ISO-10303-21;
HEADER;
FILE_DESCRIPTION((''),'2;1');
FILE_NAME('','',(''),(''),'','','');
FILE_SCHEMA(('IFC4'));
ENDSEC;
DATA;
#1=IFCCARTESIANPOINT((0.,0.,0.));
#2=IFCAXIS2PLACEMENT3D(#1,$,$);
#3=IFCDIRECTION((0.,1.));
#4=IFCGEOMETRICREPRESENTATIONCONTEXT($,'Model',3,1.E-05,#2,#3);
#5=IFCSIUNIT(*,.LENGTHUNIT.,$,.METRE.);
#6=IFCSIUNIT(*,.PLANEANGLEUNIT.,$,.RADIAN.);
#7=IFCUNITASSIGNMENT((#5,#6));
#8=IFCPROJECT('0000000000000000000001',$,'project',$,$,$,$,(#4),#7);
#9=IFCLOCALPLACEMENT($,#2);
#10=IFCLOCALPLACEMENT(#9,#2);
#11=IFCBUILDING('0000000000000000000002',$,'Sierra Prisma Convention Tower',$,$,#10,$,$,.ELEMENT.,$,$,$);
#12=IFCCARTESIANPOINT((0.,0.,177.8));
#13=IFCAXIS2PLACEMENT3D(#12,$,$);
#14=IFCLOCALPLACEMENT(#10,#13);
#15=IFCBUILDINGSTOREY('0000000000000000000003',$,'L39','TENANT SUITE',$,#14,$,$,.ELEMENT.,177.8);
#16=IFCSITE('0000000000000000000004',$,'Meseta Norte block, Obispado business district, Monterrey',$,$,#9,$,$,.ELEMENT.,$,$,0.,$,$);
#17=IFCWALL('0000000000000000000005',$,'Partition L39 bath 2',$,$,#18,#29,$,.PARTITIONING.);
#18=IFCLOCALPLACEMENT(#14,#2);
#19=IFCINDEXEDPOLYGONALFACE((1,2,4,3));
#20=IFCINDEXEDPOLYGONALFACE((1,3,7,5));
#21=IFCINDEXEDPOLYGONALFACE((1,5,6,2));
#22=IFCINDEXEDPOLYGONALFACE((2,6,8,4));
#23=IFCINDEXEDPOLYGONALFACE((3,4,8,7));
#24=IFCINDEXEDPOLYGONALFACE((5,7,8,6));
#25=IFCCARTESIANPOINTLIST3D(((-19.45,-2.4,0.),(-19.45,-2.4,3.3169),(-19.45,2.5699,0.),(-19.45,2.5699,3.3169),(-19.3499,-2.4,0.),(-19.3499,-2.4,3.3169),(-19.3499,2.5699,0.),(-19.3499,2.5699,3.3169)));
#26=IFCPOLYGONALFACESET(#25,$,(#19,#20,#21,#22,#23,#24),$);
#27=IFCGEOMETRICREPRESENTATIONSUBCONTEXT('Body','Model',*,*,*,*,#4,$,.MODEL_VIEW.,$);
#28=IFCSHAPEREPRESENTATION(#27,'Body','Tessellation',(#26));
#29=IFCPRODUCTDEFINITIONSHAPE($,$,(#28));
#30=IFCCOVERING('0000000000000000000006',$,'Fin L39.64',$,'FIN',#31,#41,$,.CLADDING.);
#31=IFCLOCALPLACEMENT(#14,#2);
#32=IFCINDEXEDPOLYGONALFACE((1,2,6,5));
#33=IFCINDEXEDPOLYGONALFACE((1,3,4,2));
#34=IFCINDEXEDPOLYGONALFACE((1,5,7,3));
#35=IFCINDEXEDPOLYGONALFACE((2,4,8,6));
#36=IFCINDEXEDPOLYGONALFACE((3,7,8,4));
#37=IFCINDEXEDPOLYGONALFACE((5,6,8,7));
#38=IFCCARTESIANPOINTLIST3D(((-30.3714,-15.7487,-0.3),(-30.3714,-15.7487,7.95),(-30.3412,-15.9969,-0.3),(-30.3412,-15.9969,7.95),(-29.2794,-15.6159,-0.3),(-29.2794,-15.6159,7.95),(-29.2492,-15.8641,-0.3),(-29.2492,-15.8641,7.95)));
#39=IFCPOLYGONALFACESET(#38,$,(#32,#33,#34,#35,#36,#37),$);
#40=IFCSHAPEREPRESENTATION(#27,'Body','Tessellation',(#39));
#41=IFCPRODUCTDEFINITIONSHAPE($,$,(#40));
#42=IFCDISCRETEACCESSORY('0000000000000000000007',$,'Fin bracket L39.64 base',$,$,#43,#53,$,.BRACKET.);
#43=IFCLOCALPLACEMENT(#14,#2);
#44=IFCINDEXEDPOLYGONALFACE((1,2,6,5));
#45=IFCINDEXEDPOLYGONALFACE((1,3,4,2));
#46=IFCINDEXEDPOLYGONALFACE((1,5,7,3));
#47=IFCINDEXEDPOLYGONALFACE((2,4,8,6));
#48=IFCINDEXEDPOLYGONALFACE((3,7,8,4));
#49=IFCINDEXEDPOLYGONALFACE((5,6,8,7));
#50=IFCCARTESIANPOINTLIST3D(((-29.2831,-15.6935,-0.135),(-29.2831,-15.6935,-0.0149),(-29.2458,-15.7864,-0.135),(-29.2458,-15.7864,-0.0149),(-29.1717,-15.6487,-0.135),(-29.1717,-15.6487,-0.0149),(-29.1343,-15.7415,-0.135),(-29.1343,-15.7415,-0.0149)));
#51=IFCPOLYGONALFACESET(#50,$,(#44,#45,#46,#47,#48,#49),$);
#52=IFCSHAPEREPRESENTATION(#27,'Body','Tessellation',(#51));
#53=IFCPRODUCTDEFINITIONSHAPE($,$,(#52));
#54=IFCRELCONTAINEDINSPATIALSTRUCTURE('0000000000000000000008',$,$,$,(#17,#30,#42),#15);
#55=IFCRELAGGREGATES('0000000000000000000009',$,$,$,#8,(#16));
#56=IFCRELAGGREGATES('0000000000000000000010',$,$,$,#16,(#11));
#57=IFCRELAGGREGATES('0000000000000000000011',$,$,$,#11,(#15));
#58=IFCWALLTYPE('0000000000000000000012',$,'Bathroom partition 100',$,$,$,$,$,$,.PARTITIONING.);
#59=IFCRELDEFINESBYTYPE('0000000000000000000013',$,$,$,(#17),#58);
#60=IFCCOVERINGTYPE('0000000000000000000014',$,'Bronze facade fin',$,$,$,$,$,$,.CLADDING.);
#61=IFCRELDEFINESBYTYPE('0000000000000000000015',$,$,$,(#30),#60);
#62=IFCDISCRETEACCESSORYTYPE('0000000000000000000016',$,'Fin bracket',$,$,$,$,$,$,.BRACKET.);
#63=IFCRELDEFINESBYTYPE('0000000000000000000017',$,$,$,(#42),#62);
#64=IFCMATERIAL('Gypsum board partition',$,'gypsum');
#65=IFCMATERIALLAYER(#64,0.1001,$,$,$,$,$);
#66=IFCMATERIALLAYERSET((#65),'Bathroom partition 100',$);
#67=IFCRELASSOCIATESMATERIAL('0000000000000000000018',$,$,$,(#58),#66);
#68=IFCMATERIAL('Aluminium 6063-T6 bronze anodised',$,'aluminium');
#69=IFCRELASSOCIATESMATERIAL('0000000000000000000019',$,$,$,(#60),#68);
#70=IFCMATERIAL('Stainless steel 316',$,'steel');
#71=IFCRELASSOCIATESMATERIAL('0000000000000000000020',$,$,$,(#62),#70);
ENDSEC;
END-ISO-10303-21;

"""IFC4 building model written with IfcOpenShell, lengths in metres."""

from ifc_helpers import new_model, si_unit, direction, frame, frame_2d, origin, origin_2d, place, context, subcontext, project, spatial, rectangle, extrude, material, layer, layer_set, material_profile, profile_set, type_object, element, save


model = new_model("IFC4")

# Units and contexts
model_context = context("Model", 3, precision=1e-05, world=origin(), true_north=direction((0.0, 1.0)))
body_context = subcontext(model_context, "Body", "Model", "MODEL_VIEW")
ifc_project = project(units=[si_unit("LENGTHUNIT", "METRE"), si_unit("PLANEANGLEUNIT", "RADIAN")], contexts=[model_context])

# Site, building, storey
site_placement = place(None, origin())
site = spatial("IfcSite", under=ifc_project, at=site_placement, Name="Meseta Norte block, Obispado business district, Monterrey", CompositionType="ELEMENT", RefElevation=0.0)
building_placement = place(site_placement, origin())
building = spatial("IfcBuilding", under=site, at=building_placement, Name="Sierra Prisma Convention Tower", CompositionType="ELEMENT")
storey_placement = place(building_placement, frame((0.0, 0.0, 177.8)))
storey = spatial("IfcBuildingStorey", under=building, at=storey_placement, Name="L39", Description="TENANT SUITE", CompositionType="ELEMENT", Elevation=177.8)

# Wall
ifc_material_1 = material(Name="Gypsum board partition", Category="gypsum")
ifc_layer_1 = layer(ifc_material_1, 0.1001)
ifc_layer_set_1 = layer_set([ifc_layer_1], Name="Bathroom partition 100")
wall_type = type_object("IfcWallType", Name="Bathroom partition 100", PredefinedType="PARTITIONING", material=ifc_layer_set_1)
wall_placement = place(storey_placement, frame((-19.3999, -2.3999, 0.0), z_axis=(0.0, 0.0, 1.0), x_axis=(0.0, 1.0, 0.0)))
element("IfcWall", 1, at=wall_placement, inside=storey, type_object=wall_type, Name="Partition L39 bath 2", PredefinedType="PARTITIONING", context=body_context, shape_type="SweptSolid", body=[
    extrude(rectangle(XDim=4.97, YDim=0.1001, at=frame_2d((2.4849, 0.0))), origin(), (0.0, 0.0, 1.0), 3.3169),
])

# Covering
ifc_material_2 = material(Name="Aluminium 6063-T6 bronze anodised", Category="aluminium")
ifc_material_profile_1 = material_profile(ifc_material_2, rectangle(XDim=1.1001, YDim=0.25, at=origin_2d()), Name="ALU FIN 1100x250")
ifc_profile_set_1 = profile_set([ifc_material_profile_1], Name="Aluminium 6063-T6 bronze anodised")
covering_type = type_object("IfcCoveringType", Name="Bronze facade fin", PredefinedType="CLADDING", material=ifc_profile_set_1)
covering_placement = place(storey_placement, frame((-29.8103, -15.8064, -0.3), z_axis=(0.0, 0.0, 1.0), x_axis=(-0.992684, -0.120743, 0.0)))
element("IfcCovering", 2, at=covering_placement, inside=storey, type_object=covering_type, Name="Fin L39.64", ObjectType="FIN", PredefinedType="CLADDING", context=body_context, shape_type="SweptSolid", body=[
    extrude(rectangle(XDim=1.1001, YDim=0.25, at=origin_2d()), origin(), (0.0, 0.0, 1.0), 8.25),
])

# Discrete accessory
ifc_material_3 = material(Name="Stainless steel 316", Category="steel")
discrete_accessory_type = type_object("IfcDiscreteAccessoryType", Name="Fin bracket", PredefinedType="BRACKET", material=ifc_material_3)
discrete_accessory_placement = place(storey_placement, frame((-29.2087, -15.7175, -0.135), z_axis=(0.0, 0.0, 1.0), x_axis=(-0.927608, -0.373555, 0.0)))
element("IfcDiscreteAccessory", 3, at=discrete_accessory_placement, inside=storey, type_object=discrete_accessory_type, Name="Fin bracket L39.64 base", PredefinedType="BRACKET", context=body_context, shape_type="SweptSolid", body=[
    extrude(rectangle(XDim=0.1201, YDim=0.1001, at=origin_2d()), origin(), (0.0, 0.0, 1.0), 0.1201),
])

save(model, "model.ifc")
